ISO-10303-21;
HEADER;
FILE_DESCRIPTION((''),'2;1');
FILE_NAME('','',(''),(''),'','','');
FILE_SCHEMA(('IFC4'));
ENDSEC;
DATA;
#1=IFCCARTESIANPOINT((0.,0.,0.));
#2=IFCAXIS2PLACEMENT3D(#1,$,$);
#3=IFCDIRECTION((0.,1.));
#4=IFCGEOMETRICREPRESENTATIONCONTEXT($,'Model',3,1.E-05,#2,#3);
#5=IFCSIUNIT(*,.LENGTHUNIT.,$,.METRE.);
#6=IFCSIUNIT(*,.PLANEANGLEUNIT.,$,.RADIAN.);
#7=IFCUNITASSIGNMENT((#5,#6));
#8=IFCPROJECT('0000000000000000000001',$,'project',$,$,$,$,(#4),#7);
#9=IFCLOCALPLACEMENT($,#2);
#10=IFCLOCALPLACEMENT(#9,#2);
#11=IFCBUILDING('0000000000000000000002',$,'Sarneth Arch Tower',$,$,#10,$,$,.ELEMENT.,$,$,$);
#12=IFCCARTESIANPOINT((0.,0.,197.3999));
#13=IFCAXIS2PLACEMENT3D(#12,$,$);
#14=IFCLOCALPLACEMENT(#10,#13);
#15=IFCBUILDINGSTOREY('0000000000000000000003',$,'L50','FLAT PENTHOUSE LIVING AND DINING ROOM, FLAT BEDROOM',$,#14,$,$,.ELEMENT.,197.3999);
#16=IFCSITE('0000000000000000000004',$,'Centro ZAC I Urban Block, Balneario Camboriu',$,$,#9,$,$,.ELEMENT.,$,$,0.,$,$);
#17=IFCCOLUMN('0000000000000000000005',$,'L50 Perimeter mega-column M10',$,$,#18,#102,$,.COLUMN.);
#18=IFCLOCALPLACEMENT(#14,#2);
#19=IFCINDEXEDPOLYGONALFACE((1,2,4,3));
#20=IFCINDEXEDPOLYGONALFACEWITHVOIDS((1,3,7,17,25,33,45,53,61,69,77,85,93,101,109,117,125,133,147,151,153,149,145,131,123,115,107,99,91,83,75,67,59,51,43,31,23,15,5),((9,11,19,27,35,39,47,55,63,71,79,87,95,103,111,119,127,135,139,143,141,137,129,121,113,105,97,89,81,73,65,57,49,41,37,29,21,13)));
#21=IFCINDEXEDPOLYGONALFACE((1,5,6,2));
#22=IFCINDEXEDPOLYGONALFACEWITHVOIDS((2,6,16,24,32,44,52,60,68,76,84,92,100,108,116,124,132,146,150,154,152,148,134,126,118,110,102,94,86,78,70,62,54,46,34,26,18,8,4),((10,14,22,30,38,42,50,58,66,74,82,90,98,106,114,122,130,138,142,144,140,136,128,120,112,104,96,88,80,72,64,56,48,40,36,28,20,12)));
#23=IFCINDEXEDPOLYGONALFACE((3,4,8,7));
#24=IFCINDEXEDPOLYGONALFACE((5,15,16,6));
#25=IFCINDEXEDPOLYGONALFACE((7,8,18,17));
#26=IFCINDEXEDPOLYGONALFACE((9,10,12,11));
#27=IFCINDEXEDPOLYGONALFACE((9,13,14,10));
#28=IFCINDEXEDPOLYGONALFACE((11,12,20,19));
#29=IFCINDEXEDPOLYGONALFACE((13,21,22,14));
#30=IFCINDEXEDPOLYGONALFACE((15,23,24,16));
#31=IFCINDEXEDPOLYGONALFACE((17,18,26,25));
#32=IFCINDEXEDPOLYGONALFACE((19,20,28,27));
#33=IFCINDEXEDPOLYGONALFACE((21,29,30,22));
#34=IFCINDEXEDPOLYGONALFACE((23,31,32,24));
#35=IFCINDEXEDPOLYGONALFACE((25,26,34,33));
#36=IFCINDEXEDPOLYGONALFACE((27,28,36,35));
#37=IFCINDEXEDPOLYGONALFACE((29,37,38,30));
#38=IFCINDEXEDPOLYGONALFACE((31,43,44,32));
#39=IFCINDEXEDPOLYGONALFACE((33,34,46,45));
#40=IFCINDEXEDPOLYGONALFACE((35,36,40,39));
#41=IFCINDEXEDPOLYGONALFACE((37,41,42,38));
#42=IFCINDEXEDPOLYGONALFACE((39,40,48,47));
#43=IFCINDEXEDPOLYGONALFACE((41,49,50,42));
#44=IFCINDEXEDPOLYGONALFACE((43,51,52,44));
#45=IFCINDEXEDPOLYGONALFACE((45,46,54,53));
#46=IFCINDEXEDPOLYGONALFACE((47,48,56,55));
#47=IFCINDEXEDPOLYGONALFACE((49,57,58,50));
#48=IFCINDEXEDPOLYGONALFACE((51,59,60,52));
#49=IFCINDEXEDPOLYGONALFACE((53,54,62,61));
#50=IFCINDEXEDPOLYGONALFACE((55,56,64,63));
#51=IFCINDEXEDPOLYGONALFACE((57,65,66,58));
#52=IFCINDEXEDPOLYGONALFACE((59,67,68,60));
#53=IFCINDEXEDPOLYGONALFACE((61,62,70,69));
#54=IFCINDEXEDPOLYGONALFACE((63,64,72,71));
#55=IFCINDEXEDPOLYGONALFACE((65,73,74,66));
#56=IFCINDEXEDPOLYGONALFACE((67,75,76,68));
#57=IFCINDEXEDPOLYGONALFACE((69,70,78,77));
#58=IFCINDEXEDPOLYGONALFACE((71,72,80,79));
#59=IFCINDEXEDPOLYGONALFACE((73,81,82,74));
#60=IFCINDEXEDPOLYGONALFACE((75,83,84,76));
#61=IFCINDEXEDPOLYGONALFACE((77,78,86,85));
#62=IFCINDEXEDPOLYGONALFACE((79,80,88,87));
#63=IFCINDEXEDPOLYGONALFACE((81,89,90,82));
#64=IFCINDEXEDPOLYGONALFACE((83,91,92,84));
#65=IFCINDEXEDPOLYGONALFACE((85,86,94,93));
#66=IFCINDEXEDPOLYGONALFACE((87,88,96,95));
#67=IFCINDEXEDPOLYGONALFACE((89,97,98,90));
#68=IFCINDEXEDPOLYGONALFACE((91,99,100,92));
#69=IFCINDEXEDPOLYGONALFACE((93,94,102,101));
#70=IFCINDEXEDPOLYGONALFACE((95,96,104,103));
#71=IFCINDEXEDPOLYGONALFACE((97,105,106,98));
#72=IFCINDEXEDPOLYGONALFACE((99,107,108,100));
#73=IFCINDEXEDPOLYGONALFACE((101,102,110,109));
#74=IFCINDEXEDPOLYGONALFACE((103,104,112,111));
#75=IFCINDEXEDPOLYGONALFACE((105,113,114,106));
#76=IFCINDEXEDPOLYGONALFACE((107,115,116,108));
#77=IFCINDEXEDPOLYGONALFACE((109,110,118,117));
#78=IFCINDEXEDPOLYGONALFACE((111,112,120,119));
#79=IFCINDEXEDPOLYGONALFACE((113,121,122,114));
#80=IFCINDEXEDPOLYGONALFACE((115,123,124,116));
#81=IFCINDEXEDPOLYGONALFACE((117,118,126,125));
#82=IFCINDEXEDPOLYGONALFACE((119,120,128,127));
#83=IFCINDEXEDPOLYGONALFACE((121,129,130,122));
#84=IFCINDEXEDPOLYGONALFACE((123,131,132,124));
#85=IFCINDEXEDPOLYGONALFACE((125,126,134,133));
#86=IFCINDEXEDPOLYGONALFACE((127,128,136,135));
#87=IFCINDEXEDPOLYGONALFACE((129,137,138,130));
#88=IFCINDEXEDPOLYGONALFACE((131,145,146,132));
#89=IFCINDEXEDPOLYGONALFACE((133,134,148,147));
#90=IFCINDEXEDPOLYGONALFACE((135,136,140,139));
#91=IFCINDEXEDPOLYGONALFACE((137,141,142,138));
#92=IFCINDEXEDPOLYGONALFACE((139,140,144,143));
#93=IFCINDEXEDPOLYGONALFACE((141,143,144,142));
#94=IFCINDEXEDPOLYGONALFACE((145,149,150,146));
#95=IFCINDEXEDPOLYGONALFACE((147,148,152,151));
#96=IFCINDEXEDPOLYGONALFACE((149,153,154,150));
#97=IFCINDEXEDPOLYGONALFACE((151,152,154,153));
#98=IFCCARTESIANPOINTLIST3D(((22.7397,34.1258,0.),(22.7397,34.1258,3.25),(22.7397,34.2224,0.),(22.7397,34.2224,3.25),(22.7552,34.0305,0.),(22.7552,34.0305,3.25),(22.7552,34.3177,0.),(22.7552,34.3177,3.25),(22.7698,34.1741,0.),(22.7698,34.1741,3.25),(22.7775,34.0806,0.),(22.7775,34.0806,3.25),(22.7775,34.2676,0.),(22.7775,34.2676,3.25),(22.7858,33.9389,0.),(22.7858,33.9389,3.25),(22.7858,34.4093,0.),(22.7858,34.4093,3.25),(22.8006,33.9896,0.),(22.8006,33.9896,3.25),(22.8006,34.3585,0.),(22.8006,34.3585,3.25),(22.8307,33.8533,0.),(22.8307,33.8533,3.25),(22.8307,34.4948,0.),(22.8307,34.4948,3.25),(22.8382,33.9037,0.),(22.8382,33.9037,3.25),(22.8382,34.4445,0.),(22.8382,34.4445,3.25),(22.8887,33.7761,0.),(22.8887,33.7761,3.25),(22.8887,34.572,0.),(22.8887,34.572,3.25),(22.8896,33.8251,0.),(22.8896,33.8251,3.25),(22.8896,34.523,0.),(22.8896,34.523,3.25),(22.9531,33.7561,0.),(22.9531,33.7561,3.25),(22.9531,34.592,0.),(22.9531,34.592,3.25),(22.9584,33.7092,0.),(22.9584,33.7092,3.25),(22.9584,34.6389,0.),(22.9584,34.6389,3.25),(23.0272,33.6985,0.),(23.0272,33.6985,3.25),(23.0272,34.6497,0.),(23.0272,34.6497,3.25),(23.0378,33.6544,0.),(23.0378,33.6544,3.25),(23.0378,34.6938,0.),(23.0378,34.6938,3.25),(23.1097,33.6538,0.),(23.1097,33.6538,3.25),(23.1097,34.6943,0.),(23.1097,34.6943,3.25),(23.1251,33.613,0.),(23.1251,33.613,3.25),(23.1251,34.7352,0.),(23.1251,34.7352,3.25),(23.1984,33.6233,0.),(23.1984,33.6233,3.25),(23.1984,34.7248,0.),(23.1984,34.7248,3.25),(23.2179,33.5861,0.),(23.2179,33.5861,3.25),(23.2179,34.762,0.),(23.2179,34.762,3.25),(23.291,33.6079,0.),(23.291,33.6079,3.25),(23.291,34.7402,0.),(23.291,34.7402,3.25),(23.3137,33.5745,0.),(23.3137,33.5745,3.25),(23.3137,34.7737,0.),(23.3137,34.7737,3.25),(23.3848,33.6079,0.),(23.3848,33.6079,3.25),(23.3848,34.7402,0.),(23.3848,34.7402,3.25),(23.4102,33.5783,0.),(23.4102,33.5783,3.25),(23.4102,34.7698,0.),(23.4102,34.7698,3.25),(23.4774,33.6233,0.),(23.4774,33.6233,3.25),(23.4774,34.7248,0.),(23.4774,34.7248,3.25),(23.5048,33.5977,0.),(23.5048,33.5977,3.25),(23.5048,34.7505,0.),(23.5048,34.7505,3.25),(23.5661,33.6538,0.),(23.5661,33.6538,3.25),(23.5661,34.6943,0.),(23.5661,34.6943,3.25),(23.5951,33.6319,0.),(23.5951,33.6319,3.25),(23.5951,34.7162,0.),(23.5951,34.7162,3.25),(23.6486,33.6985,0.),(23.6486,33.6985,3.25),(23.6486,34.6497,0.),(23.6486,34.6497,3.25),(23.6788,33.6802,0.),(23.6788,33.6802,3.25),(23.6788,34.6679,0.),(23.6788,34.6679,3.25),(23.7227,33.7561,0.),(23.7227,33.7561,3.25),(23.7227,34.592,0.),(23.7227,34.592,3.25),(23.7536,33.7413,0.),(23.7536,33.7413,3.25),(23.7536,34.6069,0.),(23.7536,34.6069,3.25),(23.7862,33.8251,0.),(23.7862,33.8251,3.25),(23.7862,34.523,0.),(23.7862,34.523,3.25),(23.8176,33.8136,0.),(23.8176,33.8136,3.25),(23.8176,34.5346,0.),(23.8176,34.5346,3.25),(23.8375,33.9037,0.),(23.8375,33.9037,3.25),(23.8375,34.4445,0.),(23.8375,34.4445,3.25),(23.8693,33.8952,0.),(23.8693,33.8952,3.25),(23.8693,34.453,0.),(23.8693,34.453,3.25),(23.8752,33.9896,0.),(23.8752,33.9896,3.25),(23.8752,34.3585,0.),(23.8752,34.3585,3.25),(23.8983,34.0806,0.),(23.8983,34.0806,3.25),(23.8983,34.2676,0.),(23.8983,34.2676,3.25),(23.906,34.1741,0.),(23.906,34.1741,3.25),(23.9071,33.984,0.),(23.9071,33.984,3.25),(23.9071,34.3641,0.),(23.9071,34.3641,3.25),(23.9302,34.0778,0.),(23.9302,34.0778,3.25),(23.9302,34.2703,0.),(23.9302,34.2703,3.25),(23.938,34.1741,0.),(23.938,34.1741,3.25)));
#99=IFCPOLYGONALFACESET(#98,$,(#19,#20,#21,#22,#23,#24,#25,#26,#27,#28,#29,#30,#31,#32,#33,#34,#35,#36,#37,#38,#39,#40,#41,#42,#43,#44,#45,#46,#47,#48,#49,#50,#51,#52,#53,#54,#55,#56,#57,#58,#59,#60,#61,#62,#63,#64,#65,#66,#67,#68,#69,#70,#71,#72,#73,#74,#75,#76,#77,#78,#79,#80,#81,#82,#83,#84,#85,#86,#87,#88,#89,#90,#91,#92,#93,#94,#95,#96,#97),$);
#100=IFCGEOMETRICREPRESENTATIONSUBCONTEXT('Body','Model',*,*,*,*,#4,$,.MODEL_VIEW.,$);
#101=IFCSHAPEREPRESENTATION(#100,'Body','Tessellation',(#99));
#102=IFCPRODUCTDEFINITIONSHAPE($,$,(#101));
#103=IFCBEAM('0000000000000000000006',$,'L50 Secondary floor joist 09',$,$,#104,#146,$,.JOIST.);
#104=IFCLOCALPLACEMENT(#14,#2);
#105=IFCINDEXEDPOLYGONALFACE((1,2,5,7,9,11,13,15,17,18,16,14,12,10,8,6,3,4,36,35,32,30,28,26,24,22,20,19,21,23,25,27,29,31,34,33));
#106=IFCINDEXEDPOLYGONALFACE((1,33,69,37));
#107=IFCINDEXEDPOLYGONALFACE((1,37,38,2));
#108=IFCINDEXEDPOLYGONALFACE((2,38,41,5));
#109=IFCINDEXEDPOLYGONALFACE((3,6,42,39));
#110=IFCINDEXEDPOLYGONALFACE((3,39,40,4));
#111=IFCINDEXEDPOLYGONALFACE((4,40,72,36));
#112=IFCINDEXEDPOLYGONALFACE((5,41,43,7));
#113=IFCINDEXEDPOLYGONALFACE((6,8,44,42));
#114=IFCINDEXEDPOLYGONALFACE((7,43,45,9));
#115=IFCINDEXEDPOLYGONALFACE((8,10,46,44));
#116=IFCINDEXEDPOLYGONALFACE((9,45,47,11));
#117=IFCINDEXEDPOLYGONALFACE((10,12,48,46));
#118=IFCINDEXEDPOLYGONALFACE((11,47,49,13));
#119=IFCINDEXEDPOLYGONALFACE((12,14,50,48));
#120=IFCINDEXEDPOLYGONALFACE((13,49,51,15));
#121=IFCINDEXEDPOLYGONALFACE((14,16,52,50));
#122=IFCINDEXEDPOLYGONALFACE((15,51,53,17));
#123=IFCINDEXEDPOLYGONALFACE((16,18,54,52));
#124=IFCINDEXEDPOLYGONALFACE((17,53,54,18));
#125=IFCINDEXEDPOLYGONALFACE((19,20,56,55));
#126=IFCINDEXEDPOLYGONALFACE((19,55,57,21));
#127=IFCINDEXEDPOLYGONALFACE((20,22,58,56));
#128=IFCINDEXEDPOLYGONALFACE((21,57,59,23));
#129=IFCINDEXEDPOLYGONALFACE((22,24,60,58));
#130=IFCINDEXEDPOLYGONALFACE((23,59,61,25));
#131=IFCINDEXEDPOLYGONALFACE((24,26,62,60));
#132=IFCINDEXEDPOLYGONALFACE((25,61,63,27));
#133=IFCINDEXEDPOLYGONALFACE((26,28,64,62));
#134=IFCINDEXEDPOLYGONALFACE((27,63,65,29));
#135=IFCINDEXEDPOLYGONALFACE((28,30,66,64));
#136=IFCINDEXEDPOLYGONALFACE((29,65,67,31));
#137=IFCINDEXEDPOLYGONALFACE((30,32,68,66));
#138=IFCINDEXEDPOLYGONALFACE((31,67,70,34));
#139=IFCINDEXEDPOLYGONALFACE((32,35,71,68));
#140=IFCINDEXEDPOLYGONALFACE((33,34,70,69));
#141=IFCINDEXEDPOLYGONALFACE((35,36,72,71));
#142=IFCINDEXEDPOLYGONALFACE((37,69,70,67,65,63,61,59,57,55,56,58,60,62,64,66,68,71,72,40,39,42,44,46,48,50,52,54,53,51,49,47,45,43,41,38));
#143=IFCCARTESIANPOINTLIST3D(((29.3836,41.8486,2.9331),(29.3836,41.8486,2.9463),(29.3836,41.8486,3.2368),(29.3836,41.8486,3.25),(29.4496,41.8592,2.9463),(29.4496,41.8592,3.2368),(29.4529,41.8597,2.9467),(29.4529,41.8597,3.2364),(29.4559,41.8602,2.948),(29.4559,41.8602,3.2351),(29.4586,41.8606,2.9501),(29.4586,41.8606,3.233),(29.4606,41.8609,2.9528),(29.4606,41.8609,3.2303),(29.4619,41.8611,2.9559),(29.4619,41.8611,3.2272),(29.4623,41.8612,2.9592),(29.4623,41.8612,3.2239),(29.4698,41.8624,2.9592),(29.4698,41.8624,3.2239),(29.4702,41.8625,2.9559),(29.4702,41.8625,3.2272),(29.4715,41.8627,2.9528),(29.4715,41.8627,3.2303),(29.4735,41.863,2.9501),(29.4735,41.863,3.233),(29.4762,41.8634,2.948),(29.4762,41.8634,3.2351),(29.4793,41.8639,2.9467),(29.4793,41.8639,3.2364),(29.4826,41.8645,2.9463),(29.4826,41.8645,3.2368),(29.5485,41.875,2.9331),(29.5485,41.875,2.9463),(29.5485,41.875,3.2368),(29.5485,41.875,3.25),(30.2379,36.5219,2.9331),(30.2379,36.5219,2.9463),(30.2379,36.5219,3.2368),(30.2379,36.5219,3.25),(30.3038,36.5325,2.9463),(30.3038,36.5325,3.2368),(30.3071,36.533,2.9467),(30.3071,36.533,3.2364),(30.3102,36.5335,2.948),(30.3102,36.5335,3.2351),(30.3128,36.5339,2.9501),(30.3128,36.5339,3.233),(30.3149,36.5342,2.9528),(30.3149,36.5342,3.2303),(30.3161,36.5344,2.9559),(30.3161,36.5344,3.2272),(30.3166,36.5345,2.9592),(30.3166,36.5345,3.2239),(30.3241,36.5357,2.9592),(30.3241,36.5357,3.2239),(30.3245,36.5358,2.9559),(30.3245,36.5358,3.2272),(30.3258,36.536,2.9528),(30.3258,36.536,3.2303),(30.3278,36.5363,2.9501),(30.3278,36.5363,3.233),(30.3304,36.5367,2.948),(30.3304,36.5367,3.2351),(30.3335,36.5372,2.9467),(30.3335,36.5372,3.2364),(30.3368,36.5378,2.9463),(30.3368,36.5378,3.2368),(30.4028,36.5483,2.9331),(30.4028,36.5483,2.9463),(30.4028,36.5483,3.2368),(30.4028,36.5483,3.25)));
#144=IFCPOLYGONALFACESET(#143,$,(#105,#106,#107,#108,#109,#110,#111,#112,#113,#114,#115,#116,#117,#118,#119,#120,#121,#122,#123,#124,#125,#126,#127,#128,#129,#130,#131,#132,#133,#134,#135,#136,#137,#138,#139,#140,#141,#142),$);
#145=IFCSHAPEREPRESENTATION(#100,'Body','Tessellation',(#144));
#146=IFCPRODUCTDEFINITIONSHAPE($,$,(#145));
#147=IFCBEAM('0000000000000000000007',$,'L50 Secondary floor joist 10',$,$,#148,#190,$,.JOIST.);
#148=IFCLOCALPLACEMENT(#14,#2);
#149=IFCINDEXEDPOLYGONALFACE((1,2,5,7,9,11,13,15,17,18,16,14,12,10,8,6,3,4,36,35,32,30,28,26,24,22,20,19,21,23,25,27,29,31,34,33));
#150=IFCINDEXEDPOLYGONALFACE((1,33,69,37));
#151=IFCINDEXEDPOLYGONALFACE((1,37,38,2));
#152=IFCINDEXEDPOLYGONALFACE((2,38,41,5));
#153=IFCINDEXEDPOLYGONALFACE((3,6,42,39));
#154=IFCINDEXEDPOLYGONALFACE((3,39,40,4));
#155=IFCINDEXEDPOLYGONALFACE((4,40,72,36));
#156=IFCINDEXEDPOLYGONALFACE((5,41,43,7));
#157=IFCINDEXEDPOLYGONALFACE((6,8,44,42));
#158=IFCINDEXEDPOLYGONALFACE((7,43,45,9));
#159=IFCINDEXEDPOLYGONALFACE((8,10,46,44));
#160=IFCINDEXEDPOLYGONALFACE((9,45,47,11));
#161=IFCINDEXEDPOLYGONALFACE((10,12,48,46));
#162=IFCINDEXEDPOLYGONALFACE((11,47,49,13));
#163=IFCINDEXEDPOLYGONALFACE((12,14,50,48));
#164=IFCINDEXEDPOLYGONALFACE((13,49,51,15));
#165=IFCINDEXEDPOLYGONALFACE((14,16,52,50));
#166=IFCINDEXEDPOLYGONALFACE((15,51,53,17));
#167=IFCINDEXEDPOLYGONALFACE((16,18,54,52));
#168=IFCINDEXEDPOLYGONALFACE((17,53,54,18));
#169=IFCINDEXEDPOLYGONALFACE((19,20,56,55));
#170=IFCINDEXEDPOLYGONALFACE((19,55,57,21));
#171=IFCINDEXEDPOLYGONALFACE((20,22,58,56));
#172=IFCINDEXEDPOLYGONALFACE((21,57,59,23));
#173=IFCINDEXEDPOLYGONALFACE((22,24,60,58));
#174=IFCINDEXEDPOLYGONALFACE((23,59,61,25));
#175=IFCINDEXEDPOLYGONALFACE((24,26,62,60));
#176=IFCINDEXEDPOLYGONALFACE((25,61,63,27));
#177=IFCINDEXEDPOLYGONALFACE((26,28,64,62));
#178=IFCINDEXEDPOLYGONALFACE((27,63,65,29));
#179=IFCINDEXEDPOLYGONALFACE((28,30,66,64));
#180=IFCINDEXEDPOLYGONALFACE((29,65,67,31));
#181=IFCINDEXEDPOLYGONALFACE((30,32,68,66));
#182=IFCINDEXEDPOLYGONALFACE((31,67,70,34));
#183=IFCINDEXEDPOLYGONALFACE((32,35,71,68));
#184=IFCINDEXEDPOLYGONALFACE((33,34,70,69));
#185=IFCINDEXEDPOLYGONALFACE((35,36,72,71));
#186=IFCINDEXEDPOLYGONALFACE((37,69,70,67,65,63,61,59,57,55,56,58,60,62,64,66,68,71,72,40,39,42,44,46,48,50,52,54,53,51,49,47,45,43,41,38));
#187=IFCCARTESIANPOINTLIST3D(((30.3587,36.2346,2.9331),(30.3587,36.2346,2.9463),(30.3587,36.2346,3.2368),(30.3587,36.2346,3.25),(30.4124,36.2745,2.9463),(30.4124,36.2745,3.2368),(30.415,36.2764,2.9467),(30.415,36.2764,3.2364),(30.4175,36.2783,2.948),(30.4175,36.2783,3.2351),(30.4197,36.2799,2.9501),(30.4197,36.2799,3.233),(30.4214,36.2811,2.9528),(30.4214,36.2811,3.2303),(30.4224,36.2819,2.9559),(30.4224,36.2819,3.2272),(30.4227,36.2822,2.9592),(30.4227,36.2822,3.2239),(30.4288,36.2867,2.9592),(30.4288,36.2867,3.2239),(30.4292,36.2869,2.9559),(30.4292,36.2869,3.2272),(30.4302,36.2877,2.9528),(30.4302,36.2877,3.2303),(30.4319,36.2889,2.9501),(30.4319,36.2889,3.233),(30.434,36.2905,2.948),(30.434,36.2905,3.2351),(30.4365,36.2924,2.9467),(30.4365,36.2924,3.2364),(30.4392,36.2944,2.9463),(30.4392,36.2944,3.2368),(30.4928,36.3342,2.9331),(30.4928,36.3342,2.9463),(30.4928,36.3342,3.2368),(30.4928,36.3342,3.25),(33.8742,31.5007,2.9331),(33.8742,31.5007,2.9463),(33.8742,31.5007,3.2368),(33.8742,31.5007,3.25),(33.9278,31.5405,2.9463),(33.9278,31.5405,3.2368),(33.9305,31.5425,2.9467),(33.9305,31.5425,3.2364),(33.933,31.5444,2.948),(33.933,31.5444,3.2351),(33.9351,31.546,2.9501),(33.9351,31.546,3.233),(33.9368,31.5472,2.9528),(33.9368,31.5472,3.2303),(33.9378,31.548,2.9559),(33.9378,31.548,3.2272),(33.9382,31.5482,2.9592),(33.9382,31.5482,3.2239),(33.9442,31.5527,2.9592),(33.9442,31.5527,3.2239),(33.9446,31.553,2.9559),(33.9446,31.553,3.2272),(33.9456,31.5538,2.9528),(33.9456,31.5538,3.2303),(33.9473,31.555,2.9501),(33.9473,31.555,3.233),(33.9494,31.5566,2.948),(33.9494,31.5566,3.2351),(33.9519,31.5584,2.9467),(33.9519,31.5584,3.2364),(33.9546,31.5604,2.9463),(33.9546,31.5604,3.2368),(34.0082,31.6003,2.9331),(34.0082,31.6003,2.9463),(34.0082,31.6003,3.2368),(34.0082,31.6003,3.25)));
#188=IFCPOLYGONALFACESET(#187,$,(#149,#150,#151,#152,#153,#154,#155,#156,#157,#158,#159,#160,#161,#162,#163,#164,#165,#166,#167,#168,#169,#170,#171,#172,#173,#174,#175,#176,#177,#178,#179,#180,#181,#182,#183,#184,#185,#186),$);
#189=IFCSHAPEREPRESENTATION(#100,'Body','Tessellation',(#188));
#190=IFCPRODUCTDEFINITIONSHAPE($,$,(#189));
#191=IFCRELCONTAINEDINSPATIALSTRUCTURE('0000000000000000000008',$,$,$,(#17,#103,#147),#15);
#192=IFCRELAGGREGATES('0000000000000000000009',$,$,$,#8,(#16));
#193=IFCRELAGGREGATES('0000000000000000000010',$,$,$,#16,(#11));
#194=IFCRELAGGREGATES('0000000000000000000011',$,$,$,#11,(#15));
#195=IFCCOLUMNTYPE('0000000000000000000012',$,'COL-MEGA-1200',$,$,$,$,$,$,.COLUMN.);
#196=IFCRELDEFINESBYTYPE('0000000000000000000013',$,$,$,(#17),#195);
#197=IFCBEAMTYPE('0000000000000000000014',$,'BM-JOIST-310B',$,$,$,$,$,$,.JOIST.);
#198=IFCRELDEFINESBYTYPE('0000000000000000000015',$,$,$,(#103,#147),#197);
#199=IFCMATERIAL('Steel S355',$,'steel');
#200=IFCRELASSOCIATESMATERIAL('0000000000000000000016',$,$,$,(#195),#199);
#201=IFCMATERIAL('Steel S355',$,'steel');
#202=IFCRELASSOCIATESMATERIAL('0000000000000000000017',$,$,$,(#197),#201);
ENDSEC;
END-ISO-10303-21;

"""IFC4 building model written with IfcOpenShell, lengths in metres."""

from ifc_helpers import new_model, si_unit, direction, frame, origin, origin_2d, place, context, subcontext, project, spatial, hollow_circle, i_section, extrude, material, material_profile, profile_set, type_object, element, save


model = new_model("IFC4")

# Units and contexts
model_context = context("Model", 3, precision=1e-05, world=origin(), true_north=direction((0.0, 1.0)))
body_context = subcontext(model_context, "Body", "Model", "MODEL_VIEW")
ifc_project = project(units=[si_unit("LENGTHUNIT", "METRE"), si_unit("PLANEANGLEUNIT", "RADIAN")], contexts=[model_context])

# Site, building, storey
site_placement = place(None, origin())
site = spatial("IfcSite", under=ifc_project, at=site_placement, Name="Centro ZAC I Urban Block, Balneario Camboriu", CompositionType="ELEMENT", RefElevation=0.0)
building_placement = place(site_placement, origin())
building = spatial("IfcBuilding", under=site, at=building_placement, Name="Sarneth Arch Tower", CompositionType="ELEMENT")
storey_placement = place(building_placement, frame((0.0, 0.0, 197.3999)))
storey = spatial("IfcBuildingStorey", under=building, at=storey_placement, Name="L50", Description="FLAT PENTHOUSE LIVING AND DINING ROOM, FLAT BEDROOM", CompositionType="ELEMENT", Elevation=197.3999)

# Column
ifc_material_1 = material(Name="Steel S355", Category="steel")
ifc_material_profile_1 = material_profile(ifc_material_1, hollow_circle(Radius=0.6001, WallThickness=0.032, at=origin_2d()), Name="CHS1200x32")
ifc_profile_set_1 = profile_set([ifc_material_profile_1], Name="Steel S355")
column_type = type_object("IfcColumnType", Name="COL-MEGA-1200", PredefinedType="COLUMN", material=ifc_profile_set_1)
column_placement = place(storey_placement, frame((23.3379, 34.1741, 0.0), z_axis=(0.0, 0.0, 1.0), x_axis=(1.0, 0.0, 0.0)))
element("IfcColumn", 1, at=column_placement, inside=storey, type_object=column_type, Name="L50 Perimeter mega-column M10", PredefinedType="COLUMN", context=body_context, shape_type="SweptSolid", body=[
    extrude(hollow_circle(Radius=0.6001, WallThickness=0.032, at=origin_2d()), origin(), (0.0, 0.0, 1.0), 3.25),
])

# Beams
ifc_material_2 = material(Name="Steel S355", Category="steel")
ifc_material_profile_2 = material_profile(ifc_material_2, i_section(OverallWidth=0.167, OverallDepth=0.3169, WebThickness=0.0076, FlangeThickness=0.0132, FilletRadius=0.0129, at=origin_2d()), Name="W310x52")
ifc_profile_set_2 = profile_set([ifc_material_profile_2], Name="Steel S355")
beam_type_1 = type_object("IfcBeamType", Name="BM-JOIST-310B", PredefinedType="JOIST", material=ifc_profile_set_2)
beam_1_placement = place(storey_placement, frame((29.4661, 41.8618, 3.0916), z_axis=(0.158349, -0.987383, 0.0), x_axis=(0.987383, 0.158349, 0.0)))
element("IfcBeam", 2, at=beam_1_placement, inside=storey, type_object=beam_type_1, Name="L50 Secondary floor joist 09", PredefinedType="JOIST", context=body_context, shape_type="SweptSolid", body=[
    extrude(i_section(OverallWidth=0.167, OverallDepth=0.3169, WebThickness=0.0076, FlangeThickness=0.0132, FilletRadius=0.0129, at=origin_2d()), origin(), (0.0, 0.0, 1.0), 5.3948),
])
beam_2_placement = place(storey_placement, frame((30.4258, 36.2844, 3.0916), z_axis=(0.596191, -0.802843, 0.0), x_axis=(0.802843, 0.596191, 0.0)))
element("IfcBeam", 3, at=beam_2_placement, inside=storey, type_object=beam_type_1, Name="L50 Secondary floor joist 10", PredefinedType="JOIST", context=body_context, shape_type="SweptSolid", body=[
    extrude(i_section(OverallWidth=0.167, OverallDepth=0.3169, WebThickness=0.0076, FlangeThickness=0.0132, FilletRadius=0.0129, at=origin_2d()), origin(), (0.0, 0.0, 1.0), 5.8965),
])

save(model, "model.ifc")
